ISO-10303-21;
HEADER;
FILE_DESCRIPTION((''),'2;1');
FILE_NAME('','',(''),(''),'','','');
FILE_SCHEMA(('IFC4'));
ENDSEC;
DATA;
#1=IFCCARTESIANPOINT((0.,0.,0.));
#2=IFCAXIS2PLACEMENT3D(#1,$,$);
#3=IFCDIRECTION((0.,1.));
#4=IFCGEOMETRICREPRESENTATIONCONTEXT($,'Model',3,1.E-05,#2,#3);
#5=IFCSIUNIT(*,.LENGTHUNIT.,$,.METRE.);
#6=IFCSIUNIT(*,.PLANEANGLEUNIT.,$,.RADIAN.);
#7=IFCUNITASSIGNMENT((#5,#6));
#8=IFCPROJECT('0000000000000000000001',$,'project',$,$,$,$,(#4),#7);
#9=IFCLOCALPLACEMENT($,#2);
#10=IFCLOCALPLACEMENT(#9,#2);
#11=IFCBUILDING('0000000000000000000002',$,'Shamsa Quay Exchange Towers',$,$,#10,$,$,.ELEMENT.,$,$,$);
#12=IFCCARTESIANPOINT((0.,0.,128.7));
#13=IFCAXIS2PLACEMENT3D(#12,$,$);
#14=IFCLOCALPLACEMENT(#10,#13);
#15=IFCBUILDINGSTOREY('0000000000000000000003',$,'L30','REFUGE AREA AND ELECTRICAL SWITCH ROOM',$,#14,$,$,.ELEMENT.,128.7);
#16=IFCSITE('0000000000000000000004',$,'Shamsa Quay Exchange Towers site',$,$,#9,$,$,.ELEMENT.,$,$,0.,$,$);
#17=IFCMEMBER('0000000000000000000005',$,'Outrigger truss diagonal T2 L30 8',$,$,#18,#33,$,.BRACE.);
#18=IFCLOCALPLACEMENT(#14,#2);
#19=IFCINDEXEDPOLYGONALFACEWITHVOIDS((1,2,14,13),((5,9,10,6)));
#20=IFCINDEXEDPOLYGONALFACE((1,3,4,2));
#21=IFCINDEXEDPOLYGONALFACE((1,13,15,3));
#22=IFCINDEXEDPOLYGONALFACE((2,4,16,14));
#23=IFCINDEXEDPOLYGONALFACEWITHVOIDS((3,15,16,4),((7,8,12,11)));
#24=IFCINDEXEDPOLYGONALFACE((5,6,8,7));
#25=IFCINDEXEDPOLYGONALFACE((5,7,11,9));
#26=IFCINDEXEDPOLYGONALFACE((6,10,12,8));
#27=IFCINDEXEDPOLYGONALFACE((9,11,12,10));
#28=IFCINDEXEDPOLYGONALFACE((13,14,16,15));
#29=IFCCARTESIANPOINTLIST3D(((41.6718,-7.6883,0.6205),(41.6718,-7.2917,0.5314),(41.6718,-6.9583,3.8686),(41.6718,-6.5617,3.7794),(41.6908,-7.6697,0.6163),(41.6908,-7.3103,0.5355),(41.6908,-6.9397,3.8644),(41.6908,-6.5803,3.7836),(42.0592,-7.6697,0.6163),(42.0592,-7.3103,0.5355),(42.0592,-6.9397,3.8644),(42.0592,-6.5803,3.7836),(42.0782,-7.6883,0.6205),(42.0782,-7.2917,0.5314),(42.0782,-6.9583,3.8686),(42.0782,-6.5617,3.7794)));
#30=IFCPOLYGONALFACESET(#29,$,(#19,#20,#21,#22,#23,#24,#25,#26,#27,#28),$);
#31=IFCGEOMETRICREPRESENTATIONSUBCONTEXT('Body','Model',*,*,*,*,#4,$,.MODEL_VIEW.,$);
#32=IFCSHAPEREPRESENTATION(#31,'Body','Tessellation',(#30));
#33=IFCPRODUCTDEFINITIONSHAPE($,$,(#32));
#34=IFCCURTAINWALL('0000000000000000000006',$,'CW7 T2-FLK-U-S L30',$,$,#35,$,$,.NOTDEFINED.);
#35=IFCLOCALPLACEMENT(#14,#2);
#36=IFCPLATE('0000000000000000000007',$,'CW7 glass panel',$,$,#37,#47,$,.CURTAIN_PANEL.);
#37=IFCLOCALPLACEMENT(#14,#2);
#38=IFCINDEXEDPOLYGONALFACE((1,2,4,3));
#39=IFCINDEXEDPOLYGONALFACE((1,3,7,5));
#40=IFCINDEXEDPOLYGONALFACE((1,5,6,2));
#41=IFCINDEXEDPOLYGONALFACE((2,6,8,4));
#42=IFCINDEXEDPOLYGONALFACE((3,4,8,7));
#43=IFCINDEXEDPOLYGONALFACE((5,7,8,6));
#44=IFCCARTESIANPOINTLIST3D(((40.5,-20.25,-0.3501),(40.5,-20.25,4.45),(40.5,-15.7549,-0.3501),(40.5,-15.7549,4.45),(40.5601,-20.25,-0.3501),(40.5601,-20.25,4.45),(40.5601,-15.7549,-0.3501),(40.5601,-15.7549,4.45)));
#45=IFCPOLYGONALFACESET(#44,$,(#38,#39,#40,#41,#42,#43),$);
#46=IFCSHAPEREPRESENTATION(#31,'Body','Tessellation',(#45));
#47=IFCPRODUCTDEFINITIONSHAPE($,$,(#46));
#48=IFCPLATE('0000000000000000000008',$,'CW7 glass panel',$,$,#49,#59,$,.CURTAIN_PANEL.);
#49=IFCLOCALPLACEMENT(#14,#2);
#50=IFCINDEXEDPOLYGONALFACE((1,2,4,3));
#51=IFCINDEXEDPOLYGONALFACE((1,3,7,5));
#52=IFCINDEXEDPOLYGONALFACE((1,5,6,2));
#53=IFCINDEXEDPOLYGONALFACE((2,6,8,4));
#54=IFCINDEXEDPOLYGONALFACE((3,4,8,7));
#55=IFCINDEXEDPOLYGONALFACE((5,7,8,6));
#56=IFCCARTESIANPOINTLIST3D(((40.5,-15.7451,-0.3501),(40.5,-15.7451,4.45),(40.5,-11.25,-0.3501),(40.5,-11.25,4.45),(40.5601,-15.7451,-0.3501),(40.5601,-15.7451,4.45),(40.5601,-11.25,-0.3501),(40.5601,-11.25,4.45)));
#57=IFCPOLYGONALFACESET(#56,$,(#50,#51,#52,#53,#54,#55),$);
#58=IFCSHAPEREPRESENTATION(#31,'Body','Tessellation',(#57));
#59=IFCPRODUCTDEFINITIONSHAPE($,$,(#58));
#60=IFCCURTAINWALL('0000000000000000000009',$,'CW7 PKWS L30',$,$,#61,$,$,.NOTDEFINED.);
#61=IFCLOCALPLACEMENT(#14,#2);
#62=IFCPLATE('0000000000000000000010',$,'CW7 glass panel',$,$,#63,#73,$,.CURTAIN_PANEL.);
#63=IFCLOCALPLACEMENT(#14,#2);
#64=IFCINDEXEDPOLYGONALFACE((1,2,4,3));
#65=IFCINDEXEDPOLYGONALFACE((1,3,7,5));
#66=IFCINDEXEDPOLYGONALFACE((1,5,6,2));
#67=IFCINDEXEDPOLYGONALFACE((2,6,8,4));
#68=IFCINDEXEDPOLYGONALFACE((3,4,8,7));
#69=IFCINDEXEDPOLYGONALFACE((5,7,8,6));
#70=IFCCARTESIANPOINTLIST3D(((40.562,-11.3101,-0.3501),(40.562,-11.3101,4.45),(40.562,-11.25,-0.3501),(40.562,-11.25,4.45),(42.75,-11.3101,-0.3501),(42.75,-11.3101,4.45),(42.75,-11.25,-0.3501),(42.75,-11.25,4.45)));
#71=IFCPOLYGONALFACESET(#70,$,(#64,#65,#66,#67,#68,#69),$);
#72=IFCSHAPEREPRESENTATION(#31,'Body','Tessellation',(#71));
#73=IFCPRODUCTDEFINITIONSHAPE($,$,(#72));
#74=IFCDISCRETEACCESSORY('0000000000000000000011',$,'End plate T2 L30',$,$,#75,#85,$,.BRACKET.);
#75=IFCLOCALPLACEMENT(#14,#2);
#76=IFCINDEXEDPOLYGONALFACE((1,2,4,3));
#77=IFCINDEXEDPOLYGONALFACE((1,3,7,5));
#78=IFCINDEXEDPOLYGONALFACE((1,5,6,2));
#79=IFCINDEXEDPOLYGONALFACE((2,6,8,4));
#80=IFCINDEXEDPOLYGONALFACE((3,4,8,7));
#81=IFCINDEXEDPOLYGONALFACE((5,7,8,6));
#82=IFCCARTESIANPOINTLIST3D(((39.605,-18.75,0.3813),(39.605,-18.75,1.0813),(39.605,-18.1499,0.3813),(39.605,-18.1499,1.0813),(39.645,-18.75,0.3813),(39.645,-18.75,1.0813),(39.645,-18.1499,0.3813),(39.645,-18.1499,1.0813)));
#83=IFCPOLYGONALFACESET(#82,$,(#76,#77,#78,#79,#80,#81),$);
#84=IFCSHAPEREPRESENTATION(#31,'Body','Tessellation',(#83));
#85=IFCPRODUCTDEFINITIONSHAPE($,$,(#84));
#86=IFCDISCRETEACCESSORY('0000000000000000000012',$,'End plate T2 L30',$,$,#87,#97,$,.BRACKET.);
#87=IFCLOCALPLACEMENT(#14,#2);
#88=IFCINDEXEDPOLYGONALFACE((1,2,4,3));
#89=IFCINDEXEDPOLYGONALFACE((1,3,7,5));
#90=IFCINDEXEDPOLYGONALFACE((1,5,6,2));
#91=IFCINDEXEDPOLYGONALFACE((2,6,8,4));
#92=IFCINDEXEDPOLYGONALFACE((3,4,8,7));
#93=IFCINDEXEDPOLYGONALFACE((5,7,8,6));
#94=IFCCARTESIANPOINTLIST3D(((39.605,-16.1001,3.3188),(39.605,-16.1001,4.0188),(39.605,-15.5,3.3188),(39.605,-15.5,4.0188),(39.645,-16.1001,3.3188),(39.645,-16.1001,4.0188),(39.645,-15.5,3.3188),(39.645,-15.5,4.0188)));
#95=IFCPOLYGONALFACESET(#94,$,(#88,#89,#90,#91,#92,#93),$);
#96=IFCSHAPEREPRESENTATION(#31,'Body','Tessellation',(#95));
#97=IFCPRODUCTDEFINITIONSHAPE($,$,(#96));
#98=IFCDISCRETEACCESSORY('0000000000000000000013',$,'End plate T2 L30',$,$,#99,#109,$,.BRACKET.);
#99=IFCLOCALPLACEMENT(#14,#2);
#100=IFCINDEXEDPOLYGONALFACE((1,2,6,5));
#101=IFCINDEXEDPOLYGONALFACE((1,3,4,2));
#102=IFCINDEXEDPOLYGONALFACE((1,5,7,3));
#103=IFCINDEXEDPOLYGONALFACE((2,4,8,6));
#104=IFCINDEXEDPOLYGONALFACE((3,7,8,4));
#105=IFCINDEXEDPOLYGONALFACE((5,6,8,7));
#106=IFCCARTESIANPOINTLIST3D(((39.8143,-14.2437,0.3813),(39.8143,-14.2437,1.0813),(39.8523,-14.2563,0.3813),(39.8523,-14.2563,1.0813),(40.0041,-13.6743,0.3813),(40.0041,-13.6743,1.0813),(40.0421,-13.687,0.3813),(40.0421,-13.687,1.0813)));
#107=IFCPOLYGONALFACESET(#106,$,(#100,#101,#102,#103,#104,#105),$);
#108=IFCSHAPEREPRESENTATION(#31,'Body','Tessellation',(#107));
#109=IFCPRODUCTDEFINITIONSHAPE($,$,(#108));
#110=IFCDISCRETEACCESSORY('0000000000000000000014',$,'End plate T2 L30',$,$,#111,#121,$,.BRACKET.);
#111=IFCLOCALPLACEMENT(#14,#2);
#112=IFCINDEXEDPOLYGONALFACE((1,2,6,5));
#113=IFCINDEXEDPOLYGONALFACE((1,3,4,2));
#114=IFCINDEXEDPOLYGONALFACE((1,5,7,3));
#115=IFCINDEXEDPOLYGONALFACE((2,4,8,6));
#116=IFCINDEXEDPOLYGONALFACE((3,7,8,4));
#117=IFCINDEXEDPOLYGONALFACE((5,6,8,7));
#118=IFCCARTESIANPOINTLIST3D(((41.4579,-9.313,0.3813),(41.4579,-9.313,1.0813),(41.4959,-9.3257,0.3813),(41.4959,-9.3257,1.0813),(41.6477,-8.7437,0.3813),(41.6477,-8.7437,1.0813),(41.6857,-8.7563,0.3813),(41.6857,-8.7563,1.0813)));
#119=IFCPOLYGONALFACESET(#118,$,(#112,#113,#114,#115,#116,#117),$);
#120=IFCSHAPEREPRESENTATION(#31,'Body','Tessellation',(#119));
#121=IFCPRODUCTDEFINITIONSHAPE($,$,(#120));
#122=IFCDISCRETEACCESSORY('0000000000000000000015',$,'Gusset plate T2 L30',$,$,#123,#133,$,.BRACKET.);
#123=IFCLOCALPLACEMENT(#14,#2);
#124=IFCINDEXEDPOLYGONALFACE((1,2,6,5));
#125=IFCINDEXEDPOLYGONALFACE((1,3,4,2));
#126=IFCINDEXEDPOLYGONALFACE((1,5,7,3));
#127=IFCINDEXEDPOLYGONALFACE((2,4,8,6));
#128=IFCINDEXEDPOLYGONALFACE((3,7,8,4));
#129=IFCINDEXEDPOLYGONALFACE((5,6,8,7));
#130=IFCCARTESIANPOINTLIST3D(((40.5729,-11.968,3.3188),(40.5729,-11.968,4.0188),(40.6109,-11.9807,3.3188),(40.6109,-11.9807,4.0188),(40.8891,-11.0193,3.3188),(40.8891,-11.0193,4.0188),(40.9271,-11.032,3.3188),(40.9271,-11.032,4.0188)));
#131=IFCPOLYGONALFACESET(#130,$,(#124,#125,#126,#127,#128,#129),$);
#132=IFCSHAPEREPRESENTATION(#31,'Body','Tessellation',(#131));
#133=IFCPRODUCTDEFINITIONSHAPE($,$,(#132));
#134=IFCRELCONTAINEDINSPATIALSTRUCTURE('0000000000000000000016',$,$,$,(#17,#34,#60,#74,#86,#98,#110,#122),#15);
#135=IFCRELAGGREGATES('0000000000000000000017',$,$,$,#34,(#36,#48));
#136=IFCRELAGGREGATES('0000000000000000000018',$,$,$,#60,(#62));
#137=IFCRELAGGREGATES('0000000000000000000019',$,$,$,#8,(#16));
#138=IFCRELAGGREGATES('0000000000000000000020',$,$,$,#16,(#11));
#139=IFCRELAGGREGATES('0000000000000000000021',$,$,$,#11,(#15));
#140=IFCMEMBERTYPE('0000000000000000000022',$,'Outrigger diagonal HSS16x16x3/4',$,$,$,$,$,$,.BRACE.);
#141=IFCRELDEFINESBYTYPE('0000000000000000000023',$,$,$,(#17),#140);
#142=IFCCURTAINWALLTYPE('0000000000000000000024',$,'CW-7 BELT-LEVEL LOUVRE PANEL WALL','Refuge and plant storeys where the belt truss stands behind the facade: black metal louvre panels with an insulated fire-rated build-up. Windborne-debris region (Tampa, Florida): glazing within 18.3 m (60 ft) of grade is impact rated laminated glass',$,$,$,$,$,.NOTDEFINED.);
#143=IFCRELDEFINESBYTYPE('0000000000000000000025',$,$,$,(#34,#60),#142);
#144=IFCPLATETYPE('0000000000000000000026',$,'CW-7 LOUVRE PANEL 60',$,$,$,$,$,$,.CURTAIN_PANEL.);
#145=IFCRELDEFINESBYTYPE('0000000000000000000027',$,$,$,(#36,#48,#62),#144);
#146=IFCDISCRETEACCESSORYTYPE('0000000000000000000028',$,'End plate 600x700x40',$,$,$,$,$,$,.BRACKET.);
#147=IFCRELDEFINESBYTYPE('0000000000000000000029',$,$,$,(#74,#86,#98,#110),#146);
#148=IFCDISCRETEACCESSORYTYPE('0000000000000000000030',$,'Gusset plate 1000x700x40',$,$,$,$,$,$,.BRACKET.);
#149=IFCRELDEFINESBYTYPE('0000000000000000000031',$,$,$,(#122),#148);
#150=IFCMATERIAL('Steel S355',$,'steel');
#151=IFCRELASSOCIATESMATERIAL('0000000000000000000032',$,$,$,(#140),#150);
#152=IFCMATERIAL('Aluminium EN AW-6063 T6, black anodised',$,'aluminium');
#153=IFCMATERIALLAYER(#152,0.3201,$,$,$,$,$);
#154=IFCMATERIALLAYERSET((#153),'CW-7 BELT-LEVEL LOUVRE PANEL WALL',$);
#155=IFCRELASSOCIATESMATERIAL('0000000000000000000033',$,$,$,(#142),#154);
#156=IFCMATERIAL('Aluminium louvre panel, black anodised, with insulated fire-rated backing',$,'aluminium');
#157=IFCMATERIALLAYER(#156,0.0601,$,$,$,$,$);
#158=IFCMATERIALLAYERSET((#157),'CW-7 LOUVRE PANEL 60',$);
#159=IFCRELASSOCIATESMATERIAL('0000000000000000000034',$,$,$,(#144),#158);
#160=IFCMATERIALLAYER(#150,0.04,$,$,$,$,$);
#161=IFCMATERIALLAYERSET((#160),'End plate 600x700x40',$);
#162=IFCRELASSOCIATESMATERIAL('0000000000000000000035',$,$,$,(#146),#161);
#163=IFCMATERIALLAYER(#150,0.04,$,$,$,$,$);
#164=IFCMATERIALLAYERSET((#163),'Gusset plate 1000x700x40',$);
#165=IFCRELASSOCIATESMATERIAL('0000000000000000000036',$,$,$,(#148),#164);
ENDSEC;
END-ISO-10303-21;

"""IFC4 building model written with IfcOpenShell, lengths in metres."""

from ifc_helpers import new_model, si_unit, direction, frame, origin, origin_2d, place, context, subcontext, project, spatial, rectangle, hollow_rectangle, extrude, material, layer, layer_set, material_profile, profile_set, type_object, element, aggregate, save


model = new_model("IFC4")

# Units and contexts
model_context = context("Model", 3, precision=1e-05, world=origin(), true_north=direction((0.0, 1.0)))
body_context = subcontext(model_context, "Body", "Model", "MODEL_VIEW")
ifc_project = project(units=[si_unit("LENGTHUNIT", "METRE"), si_unit("PLANEANGLEUNIT", "RADIAN")], contexts=[model_context])

# Site, building, storey
site_placement = place(None, origin())
site = spatial("IfcSite", under=ifc_project, at=site_placement, Name="Shamsa Quay Exchange Towers site", CompositionType="ELEMENT", RefElevation=0.0)
building_placement = place(site_placement, origin())
building = spatial("IfcBuilding", under=site, at=building_placement, Name="Shamsa Quay Exchange Towers", CompositionType="ELEMENT")
storey_placement = place(building_placement, frame((0.0, 0.0, 128.7)))
storey = spatial("IfcBuildingStorey", under=building, at=storey_placement, Name="L30", Description="REFUGE AREA AND ELECTRICAL SWITCH ROOM", CompositionType="ELEMENT", Elevation=128.7)

# Member
ifc_material_1 = material(Name="Steel S355", Category="steel")
ifc_material_profile_1 = material_profile(ifc_material_1, hollow_rectangle(XDim=0.4065, YDim=0.4065, WallThickness=0.019, at=origin_2d()), Name="HSS16x16x3/4")
ifc_profile_set_1 = profile_set([ifc_material_profile_1], Name="Steel S355")
member_type_1 = type_object("IfcMemberType", Name="Outrigger diagonal HSS16x16x3/4", PredefinedType="BRACE", material=ifc_profile_set_1)
member_placement = place(storey_placement, frame((41.875, -7.49, 0.5759), z_axis=(0.0, 0.219275, 0.975663), x_axis=(-1.0, 0.0, 0.0)))
element("IfcMember", 1, at=member_placement, inside=storey, type_object=member_type_1, Name="Outrigger truss diagonal T2 L30 8", PredefinedType="BRACE", context=body_context, shape_type="SweptSolid", body=[
    extrude(hollow_rectangle(XDim=0.4065, YDim=0.4065, WallThickness=0.019, at=origin_2d()), origin(), (0.0, 0.0, 1.0), 3.3291),
])

# Curtain wall, plates
ifc_material_2 = material(Name="Aluminium EN AW-6063 T6, black anodised", Category="aluminium")
ifc_layer_1 = layer(ifc_material_2, 0.3201)
ifc_layer_set_1 = layer_set([ifc_layer_1], Name="CW-7 BELT-LEVEL LOUVRE PANEL WALL")
curtain_wall_type = type_object("IfcCurtainWallType", Name="CW-7 BELT-LEVEL LOUVRE PANEL WALL", Description="Refuge and plant storeys where the belt truss stands behind the facade: black metal louvre panels with an insulated fire-rated build-up. Windborne-debris region (Tampa, Florida): glazing within 18.3 m (60 ft) of grade is impact rated laminated glass", PredefinedType="NOTDEFINED", material=ifc_layer_set_1)
curtain_wall_1_placement = place(storey_placement, origin())
curtain_wall_1 = element("IfcCurtainWall", 2, at=curtain_wall_1_placement, inside=storey, type_object=curtain_wall_type, Name="CW7 T2-FLK-U-S L30", PredefinedType="NOTDEFINED")
ifc_material_3 = material(Name="Aluminium louvre panel, black anodised, with insulated fire-rated backing", Category="aluminium")
ifc_layer_2 = layer(ifc_material_3, 0.0601)
ifc_layer_set_2 = layer_set([ifc_layer_2], Name="CW-7 LOUVRE PANEL 60")
plate_type = type_object("IfcPlateType", Name="CW-7 LOUVRE PANEL 60", PredefinedType="CURTAIN_PANEL", material=ifc_layer_set_2)
plate_1_placement = place(storey_placement, frame((40.53, -18.0024, -0.3501), z_axis=(0.0, 0.0, 1.0), x_axis=(0.0, 1.0, 0.0)))
plate_1 = element("IfcPlate", 3, at=plate_1_placement, type_object=plate_type, Name="CW7 glass panel", PredefinedType="CURTAIN_PANEL", context=body_context, shape_type="SweptSolid", body=[
    extrude(rectangle(XDim=4.4951, YDim=0.0601, at=origin_2d()), origin(), (0.0, 0.0, 1.0), 4.8),
])
plate_2_placement = place(storey_placement, frame((40.53, -13.4976, -0.3501), z_axis=(0.0, 0.0, 1.0), x_axis=(0.0, 1.0, 0.0)))
plate_2 = element("IfcPlate", 4, at=plate_2_placement, type_object=plate_type, Name="CW7 glass panel", PredefinedType="CURTAIN_PANEL", context=body_context, shape_type="SweptSolid", body=[
    extrude(rectangle(XDim=4.4951, YDim=0.0601, at=origin_2d()), origin(), (0.0, 0.0, 1.0), 4.8),
])
aggregate(curtain_wall_1, [plate_1, plate_2])

# Curtain wall, plate
curtain_wall_2_placement = place(storey_placement, origin())
curtain_wall_2 = element("IfcCurtainWall", 5, at=curtain_wall_2_placement, inside=storey, type_object=curtain_wall_type, Name="CW7 PKWS L30", PredefinedType="NOTDEFINED")
plate_3_placement = place(storey_placement, frame((41.656, -11.28, -0.3501)))
plate_3 = element("IfcPlate", 6, at=plate_3_placement, type_object=plate_type, Name="CW7 glass panel", PredefinedType="CURTAIN_PANEL", context=body_context, shape_type="SweptSolid", body=[
    extrude(rectangle(XDim=2.188, YDim=0.0601, at=origin_2d()), origin(), (0.0, 0.0, 1.0), 4.8),
])
aggregate(curtain_wall_2, [plate_3])

# Discrete accessories
ifc_layer_3 = layer(ifc_material_1, 0.04)
ifc_layer_set_3 = layer_set([ifc_layer_3], Name="End plate 600x700x40")
discrete_accessory_type_1 = type_object("IfcDiscreteAccessoryType", Name="End plate 600x700x40", PredefinedType="BRACKET", material=ifc_layer_set_3)
for number, where, z_axis, x_axis, name in (
    (7, (39.625, -18.45, 0.3813), (0.0, 0.0, 1.0), (0.0, 1.0, 0.0), "End plate T2 L30"),
    (8, (39.625, -15.8, 3.3188), (0.0, 0.0, 1.0), (0.0, 1.0, 0.0), "End plate T2 L30"),
    (9, (39.9282, -13.9653, 0.3813), (0.0, 0.0, 1.0), (0.316228, 0.948683, 0.0), "End plate T2 L30"),
    (10, (41.5718, -9.0347, 0.3813), (0.0, 0.0, 1.0), (0.316228, 0.948683, 0.0), "End plate T2 L30"),
):
    element("IfcDiscreteAccessory", number, at=place(storey_placement, frame(where, z_axis=z_axis, x_axis=x_axis)), inside=storey, type_object=discrete_accessory_type_1, Name=name, PredefinedType="BRACKET", context=body_context, shape_type="SweptSolid", body=[
        extrude(rectangle(XDim=0.6001, YDim=0.04, at=origin_2d()), origin(), (0.0, 0.0, 1.0), 0.7),
    ])
ifc_layer_4 = layer(ifc_material_1, 0.04)
ifc_layer_set_4 = layer_set([ifc_layer_4], Name="Gusset plate 1000x700x40")
discrete_accessory_type_2 = type_object("IfcDiscreteAccessoryType", Name="Gusset plate 1000x700x40", PredefinedType="BRACKET", material=ifc_layer_set_4)
discrete_accessory_placement = place(storey_placement, frame((40.75, -11.5, 3.3188), z_axis=(0.0, 0.0, 1.0), x_axis=(0.316228, 0.948683, 0.0)))
element("IfcDiscreteAccessory", 11, at=discrete_accessory_placement, inside=storey, type_object=discrete_accessory_type_2, Name="Gusset plate T2 L30", PredefinedType="BRACKET", context=body_context, shape_type="SweptSolid", body=[
    extrude(rectangle(XDim=1.0, YDim=0.04, at=origin_2d()), origin(), (0.0, 0.0, 1.0), 0.7),
])

save(model, "model.ifc")
